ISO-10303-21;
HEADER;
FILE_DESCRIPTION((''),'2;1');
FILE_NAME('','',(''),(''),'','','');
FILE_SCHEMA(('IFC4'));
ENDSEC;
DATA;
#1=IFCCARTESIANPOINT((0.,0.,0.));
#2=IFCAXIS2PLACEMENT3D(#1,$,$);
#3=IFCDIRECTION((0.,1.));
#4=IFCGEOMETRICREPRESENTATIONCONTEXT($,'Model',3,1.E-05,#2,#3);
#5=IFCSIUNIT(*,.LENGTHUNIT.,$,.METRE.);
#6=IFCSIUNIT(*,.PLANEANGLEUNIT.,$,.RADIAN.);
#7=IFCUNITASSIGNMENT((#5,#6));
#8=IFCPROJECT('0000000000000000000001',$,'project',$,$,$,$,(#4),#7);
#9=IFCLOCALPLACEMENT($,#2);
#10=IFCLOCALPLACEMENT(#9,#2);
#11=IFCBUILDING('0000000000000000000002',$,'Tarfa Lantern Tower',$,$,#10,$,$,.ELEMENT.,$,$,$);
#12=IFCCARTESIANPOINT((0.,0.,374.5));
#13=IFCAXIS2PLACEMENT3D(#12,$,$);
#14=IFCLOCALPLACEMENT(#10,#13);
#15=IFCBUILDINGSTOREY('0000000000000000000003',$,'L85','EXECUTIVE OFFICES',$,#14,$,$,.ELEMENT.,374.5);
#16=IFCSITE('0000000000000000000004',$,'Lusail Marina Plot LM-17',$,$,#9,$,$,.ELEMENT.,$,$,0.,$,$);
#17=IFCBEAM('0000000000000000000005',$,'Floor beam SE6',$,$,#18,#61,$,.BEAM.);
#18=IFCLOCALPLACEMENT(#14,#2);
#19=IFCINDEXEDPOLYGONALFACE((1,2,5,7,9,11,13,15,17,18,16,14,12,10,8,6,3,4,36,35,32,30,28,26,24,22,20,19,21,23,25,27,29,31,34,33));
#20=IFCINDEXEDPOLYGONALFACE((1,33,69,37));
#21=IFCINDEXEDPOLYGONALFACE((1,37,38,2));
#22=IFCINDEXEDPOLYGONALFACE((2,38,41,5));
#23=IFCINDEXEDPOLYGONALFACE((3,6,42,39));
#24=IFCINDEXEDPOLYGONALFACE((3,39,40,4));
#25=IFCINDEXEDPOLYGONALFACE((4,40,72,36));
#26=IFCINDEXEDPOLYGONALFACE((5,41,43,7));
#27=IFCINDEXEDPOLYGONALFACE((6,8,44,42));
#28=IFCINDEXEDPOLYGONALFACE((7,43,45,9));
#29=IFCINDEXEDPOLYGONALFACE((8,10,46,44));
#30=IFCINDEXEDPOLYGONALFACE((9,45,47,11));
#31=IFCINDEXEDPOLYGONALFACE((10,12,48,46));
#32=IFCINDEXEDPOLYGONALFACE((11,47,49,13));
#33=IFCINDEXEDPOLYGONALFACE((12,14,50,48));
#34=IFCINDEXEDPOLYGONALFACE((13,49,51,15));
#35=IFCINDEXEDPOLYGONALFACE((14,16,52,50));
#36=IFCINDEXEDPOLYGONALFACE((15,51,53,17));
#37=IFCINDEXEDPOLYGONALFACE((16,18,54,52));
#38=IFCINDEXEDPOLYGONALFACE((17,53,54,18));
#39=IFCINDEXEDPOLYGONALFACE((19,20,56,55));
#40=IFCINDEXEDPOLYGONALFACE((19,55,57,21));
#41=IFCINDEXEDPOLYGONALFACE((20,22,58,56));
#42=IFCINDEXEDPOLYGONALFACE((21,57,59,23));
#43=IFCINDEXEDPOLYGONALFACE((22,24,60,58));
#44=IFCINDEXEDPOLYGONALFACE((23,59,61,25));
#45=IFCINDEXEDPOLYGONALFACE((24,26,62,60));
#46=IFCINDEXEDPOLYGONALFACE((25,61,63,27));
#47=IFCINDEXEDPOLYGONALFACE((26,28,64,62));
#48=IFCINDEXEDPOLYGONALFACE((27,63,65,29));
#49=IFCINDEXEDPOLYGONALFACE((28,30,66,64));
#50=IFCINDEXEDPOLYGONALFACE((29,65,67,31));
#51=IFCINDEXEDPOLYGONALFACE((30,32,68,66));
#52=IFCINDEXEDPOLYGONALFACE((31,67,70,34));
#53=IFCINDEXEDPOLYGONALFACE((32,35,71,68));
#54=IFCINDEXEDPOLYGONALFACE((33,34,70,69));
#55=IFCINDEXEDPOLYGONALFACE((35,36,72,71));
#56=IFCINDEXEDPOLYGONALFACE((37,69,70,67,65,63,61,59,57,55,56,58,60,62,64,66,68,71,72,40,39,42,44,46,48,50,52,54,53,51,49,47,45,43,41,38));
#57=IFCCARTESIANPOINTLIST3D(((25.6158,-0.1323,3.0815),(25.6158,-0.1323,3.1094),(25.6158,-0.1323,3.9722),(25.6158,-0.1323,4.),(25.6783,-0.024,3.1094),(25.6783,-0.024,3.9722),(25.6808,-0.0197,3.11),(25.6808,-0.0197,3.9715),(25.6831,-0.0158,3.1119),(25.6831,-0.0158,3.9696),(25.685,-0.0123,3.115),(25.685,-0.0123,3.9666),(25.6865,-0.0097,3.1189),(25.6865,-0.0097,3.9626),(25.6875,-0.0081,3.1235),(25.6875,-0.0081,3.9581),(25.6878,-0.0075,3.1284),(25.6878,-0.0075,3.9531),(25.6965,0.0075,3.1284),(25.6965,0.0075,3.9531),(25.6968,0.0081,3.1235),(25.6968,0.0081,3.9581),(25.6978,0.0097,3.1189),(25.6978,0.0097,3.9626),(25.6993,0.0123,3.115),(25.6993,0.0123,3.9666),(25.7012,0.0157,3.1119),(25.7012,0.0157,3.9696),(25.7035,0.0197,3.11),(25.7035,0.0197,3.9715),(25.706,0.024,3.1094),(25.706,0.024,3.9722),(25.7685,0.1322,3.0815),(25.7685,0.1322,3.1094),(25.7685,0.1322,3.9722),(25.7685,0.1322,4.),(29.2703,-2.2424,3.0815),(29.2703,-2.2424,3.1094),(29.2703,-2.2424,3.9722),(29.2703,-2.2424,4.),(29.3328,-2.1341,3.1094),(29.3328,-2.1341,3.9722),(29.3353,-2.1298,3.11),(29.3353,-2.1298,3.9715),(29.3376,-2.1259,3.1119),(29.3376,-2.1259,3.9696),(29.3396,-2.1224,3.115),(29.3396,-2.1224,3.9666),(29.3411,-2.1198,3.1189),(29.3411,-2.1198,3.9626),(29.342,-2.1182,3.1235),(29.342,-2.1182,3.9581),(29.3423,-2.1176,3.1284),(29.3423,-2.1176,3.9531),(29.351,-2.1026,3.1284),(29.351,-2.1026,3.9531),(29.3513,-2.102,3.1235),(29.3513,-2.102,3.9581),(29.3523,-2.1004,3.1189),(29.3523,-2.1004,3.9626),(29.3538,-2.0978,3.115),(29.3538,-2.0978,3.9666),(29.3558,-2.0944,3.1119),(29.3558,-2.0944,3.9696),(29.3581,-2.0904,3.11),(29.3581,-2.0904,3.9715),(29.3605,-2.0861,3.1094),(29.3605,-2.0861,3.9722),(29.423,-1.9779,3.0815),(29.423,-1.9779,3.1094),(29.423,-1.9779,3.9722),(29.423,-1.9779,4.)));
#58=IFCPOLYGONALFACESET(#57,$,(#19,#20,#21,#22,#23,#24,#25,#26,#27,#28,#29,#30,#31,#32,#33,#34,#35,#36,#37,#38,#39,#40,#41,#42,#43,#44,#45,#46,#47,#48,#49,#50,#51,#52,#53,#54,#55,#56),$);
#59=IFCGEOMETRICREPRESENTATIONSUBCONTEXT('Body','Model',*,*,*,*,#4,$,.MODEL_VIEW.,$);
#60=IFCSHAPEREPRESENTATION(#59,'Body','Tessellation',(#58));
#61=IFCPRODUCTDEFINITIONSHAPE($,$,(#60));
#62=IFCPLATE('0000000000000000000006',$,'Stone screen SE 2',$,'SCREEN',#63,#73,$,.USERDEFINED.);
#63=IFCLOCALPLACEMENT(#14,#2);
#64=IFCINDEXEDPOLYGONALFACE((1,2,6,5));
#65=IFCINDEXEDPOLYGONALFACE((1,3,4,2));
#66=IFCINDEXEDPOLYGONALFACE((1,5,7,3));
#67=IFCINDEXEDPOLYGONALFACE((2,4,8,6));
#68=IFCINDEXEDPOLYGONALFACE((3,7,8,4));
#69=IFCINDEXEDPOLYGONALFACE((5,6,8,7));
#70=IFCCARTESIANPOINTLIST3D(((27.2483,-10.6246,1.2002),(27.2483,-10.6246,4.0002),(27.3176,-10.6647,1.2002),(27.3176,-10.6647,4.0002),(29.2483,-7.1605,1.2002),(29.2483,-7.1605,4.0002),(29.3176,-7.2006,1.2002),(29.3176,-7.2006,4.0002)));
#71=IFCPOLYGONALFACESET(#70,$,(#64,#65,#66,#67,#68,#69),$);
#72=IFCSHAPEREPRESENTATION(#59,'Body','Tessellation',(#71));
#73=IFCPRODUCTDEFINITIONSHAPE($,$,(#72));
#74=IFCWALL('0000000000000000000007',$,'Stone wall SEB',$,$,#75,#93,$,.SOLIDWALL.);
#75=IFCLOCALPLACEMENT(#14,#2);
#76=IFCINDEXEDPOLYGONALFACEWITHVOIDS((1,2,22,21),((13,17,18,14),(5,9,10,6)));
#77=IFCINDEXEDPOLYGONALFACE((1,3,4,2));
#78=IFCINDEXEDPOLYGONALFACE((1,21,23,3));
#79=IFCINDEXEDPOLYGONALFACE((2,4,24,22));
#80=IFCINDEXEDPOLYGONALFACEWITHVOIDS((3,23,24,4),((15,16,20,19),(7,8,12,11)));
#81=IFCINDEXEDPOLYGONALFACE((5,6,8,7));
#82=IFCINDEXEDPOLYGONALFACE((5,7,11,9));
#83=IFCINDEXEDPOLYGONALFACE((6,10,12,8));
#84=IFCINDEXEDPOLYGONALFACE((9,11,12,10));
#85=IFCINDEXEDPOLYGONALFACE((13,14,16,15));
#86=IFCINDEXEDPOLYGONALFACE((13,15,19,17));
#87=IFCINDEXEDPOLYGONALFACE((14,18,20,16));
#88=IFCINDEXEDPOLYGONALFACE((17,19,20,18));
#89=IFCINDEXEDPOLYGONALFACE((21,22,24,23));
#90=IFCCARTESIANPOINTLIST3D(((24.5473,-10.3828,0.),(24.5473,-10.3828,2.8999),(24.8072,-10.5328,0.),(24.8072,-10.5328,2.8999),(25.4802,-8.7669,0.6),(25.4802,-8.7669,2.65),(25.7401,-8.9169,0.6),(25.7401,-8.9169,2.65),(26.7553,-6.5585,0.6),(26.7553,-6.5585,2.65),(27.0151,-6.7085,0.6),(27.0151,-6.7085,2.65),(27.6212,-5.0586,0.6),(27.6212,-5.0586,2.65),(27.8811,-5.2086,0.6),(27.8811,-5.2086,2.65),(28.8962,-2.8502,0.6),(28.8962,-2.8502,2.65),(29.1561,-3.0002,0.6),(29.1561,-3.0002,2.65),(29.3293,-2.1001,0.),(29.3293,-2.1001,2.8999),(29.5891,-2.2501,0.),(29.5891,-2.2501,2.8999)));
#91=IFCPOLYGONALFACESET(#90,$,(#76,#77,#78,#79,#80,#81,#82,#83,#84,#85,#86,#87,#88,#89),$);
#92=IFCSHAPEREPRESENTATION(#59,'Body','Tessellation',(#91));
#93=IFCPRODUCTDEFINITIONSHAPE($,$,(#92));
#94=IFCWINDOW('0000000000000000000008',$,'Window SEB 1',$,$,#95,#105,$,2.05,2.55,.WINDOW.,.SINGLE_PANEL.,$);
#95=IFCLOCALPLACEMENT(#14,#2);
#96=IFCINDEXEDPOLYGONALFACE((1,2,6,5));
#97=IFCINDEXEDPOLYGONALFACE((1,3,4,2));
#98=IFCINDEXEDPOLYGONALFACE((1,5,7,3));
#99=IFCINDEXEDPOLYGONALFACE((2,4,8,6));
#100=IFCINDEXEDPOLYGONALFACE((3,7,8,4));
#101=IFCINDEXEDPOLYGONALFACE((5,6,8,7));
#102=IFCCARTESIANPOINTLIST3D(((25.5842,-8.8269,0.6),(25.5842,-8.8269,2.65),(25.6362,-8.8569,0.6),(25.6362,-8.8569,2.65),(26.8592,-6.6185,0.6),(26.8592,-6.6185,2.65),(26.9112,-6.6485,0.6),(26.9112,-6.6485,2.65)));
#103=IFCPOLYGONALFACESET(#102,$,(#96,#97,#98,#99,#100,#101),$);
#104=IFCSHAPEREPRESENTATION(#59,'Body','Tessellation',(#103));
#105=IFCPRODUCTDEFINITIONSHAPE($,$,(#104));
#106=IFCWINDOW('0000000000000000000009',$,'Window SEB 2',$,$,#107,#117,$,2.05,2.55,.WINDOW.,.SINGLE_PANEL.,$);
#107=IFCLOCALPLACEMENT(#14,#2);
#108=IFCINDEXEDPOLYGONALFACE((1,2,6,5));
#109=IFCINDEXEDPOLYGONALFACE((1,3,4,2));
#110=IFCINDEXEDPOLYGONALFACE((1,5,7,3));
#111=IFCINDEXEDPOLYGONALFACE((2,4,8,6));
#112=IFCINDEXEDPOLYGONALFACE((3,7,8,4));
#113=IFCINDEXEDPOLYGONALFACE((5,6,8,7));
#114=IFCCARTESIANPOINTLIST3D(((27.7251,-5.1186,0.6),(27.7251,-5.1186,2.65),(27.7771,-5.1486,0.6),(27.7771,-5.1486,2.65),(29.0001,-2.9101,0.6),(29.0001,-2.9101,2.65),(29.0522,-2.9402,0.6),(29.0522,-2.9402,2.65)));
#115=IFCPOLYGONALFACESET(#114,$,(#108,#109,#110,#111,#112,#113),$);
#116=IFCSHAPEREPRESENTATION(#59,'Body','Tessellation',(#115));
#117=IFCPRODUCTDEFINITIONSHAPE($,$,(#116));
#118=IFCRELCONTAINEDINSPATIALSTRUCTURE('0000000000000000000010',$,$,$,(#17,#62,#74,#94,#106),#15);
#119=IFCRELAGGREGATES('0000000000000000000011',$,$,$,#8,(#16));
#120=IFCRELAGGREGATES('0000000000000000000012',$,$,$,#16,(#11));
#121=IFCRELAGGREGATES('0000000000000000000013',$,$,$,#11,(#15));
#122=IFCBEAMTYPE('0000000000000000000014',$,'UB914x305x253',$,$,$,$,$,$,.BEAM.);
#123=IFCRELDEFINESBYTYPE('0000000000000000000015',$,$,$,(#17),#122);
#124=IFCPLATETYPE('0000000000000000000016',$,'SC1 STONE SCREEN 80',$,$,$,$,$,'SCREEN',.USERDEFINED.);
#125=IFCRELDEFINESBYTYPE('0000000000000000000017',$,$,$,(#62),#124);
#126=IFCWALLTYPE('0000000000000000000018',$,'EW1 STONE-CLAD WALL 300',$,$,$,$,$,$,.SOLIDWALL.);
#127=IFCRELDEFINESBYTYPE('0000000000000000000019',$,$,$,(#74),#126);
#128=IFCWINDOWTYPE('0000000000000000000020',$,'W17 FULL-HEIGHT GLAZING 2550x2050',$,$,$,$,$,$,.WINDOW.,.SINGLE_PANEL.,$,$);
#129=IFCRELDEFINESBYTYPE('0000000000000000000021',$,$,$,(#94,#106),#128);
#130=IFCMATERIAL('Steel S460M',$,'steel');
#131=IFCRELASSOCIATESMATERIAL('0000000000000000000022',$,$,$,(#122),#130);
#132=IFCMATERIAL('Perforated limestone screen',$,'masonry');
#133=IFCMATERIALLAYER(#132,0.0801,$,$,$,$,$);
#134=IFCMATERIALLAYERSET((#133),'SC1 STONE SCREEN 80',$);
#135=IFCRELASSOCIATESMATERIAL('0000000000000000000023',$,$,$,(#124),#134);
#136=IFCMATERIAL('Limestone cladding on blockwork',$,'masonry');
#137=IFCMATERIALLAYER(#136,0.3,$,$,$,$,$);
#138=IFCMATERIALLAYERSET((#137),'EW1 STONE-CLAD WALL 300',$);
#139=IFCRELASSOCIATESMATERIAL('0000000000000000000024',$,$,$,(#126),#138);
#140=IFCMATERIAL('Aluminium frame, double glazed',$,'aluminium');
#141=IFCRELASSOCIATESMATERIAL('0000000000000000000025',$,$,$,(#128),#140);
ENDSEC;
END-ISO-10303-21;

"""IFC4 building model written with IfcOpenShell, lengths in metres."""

from ifc_helpers import new_model, si_unit, direction, frame, frame_2d, origin, origin_2d, place, context, subcontext, project, spatial, rectangle, i_section, extrude, material, layer, layer_set, material_profile, profile_set, type_object, element, fill, save


model = new_model("IFC4")

# Units and contexts
model_context = context("Model", 3, precision=1e-05, world=origin(), true_north=direction((0.0, 1.0)))
body_context = subcontext(model_context, "Body", "Model", "MODEL_VIEW")
ifc_project = project(units=[si_unit("LENGTHUNIT", "METRE"), si_unit("PLANEANGLEUNIT", "RADIAN")], contexts=[model_context])

# Site, building, storey
site_placement = place(None, origin())
site = spatial("IfcSite", under=ifc_project, at=site_placement, Name="Lusail Marina Plot LM-17", CompositionType="ELEMENT", RefElevation=0.0)
building_placement = place(site_placement, origin())
building = spatial("IfcBuilding", under=site, at=building_placement, Name="Tarfa Lantern Tower", CompositionType="ELEMENT")
storey_placement = place(building_placement, frame((0.0, 0.0, 374.5)))
storey = spatial("IfcBuildingStorey", under=building, at=storey_placement, Name="L85", Description="EXECUTIVE OFFICES", CompositionType="ELEMENT", Elevation=374.5)

# Beam
ifc_material_1 = material(Name="Steel S460M", Category="steel")
ifc_material_profile_1 = material_profile(ifc_material_1, i_section(OverallWidth=0.3054, OverallDepth=0.9185, WebThickness=0.0173, FlangeThickness=0.0278, FilletRadius=0.019, at=origin_2d()), Name="UB914x305x253")
ifc_profile_set_1 = profile_set([ifc_material_profile_1], Name="Steel S460M")
beam_type_1 = type_object("IfcBeamType", Name="UB914x305x253", PredefinedType="BEAM", material=ifc_profile_set_1)
beam_1_placement = place(storey_placement, frame((29.3467, -2.1101, 3.5408), z_axis=(-0.866009, 0.500028, 0.0), x_axis=(-0.500028, -0.866009, 0.0)))
element("IfcBeam", 1, at=beam_1_placement, inside=storey, type_object=beam_type_1, Name="Floor beam SE6", PredefinedType="BEAM", context=body_context, shape_type="SweptSolid", body=[
    extrude(i_section(OverallWidth=0.3054, OverallDepth=0.9185, WebThickness=0.0173, FlangeThickness=0.0278, FilletRadius=0.019, at=origin_2d()), origin(), (0.0, 0.0, 1.0), 4.22),
])

# Plate
ifc_material_2 = material(Name="Perforated limestone screen", Category="masonry")
ifc_layer_1 = layer(ifc_material_2, 0.0801)
ifc_layer_set_1 = layer_set([ifc_layer_1], Name="SC1 STONE SCREEN 80")
plate_type = type_object("IfcPlateType", Name="SC1 STONE SCREEN 80", ElementType="SCREEN", PredefinedType="USERDEFINED", material=ifc_layer_set_1)
plate_placement = place(storey_placement, frame((28.283, -8.9126, 1.2002), z_axis=(0.0, 0.0, 1.0), x_axis=(0.5, 0.866025, 0.0)))
element("IfcPlate", 2, at=plate_placement, inside=storey, type_object=plate_type, Name="Stone screen SE 2", ObjectType="SCREEN", PredefinedType="USERDEFINED", context=body_context, shape_type="SweptSolid", body=[
    extrude(rectangle(XDim=4.0, YDim=0.0801, at=origin_2d()), origin(), (0.0, 0.0, 1.0), 2.8),
])

# Wall, openings, windows
ifc_material_3 = material(Name="Limestone cladding on blockwork", Category="masonry")
ifc_layer_2 = layer(ifc_material_3, 0.3)
ifc_layer_set_2 = layer_set([ifc_layer_2], Name="EW1 STONE-CLAD WALL 300")
wall_type = type_object("IfcWallType", Name="EW1 STONE-CLAD WALL 300", PredefinedType="SOLIDWALL", material=ifc_layer_set_2)
wall_placement = place(storey_placement, frame((24.6772, -10.4578, 0.0), z_axis=(0.0, 0.0, 1.0), x_axis=(0.499996, 0.866027, 0.0)))
wall = element("IfcWall", 3, at=wall_placement, inside=storey, type_object=wall_type, Name="Stone wall SEB", PredefinedType="SOLIDWALL", context=body_context, shape_type="SweptSolid", body=[
    extrude(rectangle(XDim=9.564, YDim=0.3, at=frame_2d((4.782, 0.0))), origin(), (0.0, 0.0, 1.0), 2.8999),
])
opening_1_placement = place(wall_placement, frame((1.866, 0.0, 0.6001)))
opening_1 = element("IfcOpeningElement", 4, at=opening_1_placement, cuts=wall, PredefinedType="OPENING", context=body_context, shape_type="SweptSolid", body=[
    extrude(rectangle(XDim=2.55, YDim=2.05, at=frame_2d((1.2749, 1.0249))), frame((0.0, 0.1599, 0.0), z_axis=(0.0, -1.0, 0.0), x_axis=(1.0, 0.0, 0.0)), (0.0, 0.0, 1.0), 0.3201),
])
opening_2_placement = place(wall_placement, frame((6.1479, 0.0, 0.6001)))
opening_2 = element("IfcOpeningElement", 5, at=opening_2_placement, cuts=wall, PredefinedType="OPENING", context=body_context, shape_type="SweptSolid", body=[
    extrude(rectangle(XDim=2.55, YDim=2.05, at=frame_2d((1.2749, 1.0249))), frame((0.0, 0.1599, 0.0), z_axis=(0.0, -1.0, 0.0), x_axis=(1.0, 0.0, 0.0)), (0.0, 0.0, 1.0), 0.3201),
])
ifc_material_4 = material(Name="Aluminium frame, double glazed", Category="aluminium")
window_type = type_object("IfcWindowType", Name="W17 FULL-HEIGHT GLAZING 2550x2050", PartitioningType="SINGLE_PANEL", PredefinedType="WINDOW", material=ifc_material_4)
window_1_placement = place(opening_1_placement, origin())
window_1 = element("IfcWindow", 6, at=window_1_placement, inside=storey, type_object=window_type, Name="Window SEB 1", OverallHeight=2.05, OverallWidth=2.55, PartitioningType="SINGLE_PANEL", PredefinedType="WINDOW", context=body_context, shape_type="SweptSolid", body=[
    extrude(rectangle(XDim=2.55, YDim=2.05, at=frame_2d((1.2749, 1.0249))), frame((0.0, 0.03, 0.0), z_axis=(0.0, -1.0, 0.0), x_axis=(1.0, 0.0, 0.0)), (0.0, 0.0, 1.0), 0.0601),
])
fill(opening_1, window_1)
window_2_placement = place(opening_2_placement, origin())
window_2 = element("IfcWindow", 7, at=window_2_placement, inside=storey, type_object=window_type, Name="Window SEB 2", OverallHeight=2.05, OverallWidth=2.55, PartitioningType="SINGLE_PANEL", PredefinedType="WINDOW", context=body_context, shape_type="SweptSolid", body=[
    extrude(rectangle(XDim=2.55, YDim=2.05, at=frame_2d((1.2749, 1.0249))), frame((0.0, 0.03, 0.0), z_axis=(0.0, -1.0, 0.0), x_axis=(1.0, 0.0, 0.0)), (0.0, 0.0, 1.0), 0.0601),
])
fill(opening_2, window_2)

save(model, "model.ifc")
